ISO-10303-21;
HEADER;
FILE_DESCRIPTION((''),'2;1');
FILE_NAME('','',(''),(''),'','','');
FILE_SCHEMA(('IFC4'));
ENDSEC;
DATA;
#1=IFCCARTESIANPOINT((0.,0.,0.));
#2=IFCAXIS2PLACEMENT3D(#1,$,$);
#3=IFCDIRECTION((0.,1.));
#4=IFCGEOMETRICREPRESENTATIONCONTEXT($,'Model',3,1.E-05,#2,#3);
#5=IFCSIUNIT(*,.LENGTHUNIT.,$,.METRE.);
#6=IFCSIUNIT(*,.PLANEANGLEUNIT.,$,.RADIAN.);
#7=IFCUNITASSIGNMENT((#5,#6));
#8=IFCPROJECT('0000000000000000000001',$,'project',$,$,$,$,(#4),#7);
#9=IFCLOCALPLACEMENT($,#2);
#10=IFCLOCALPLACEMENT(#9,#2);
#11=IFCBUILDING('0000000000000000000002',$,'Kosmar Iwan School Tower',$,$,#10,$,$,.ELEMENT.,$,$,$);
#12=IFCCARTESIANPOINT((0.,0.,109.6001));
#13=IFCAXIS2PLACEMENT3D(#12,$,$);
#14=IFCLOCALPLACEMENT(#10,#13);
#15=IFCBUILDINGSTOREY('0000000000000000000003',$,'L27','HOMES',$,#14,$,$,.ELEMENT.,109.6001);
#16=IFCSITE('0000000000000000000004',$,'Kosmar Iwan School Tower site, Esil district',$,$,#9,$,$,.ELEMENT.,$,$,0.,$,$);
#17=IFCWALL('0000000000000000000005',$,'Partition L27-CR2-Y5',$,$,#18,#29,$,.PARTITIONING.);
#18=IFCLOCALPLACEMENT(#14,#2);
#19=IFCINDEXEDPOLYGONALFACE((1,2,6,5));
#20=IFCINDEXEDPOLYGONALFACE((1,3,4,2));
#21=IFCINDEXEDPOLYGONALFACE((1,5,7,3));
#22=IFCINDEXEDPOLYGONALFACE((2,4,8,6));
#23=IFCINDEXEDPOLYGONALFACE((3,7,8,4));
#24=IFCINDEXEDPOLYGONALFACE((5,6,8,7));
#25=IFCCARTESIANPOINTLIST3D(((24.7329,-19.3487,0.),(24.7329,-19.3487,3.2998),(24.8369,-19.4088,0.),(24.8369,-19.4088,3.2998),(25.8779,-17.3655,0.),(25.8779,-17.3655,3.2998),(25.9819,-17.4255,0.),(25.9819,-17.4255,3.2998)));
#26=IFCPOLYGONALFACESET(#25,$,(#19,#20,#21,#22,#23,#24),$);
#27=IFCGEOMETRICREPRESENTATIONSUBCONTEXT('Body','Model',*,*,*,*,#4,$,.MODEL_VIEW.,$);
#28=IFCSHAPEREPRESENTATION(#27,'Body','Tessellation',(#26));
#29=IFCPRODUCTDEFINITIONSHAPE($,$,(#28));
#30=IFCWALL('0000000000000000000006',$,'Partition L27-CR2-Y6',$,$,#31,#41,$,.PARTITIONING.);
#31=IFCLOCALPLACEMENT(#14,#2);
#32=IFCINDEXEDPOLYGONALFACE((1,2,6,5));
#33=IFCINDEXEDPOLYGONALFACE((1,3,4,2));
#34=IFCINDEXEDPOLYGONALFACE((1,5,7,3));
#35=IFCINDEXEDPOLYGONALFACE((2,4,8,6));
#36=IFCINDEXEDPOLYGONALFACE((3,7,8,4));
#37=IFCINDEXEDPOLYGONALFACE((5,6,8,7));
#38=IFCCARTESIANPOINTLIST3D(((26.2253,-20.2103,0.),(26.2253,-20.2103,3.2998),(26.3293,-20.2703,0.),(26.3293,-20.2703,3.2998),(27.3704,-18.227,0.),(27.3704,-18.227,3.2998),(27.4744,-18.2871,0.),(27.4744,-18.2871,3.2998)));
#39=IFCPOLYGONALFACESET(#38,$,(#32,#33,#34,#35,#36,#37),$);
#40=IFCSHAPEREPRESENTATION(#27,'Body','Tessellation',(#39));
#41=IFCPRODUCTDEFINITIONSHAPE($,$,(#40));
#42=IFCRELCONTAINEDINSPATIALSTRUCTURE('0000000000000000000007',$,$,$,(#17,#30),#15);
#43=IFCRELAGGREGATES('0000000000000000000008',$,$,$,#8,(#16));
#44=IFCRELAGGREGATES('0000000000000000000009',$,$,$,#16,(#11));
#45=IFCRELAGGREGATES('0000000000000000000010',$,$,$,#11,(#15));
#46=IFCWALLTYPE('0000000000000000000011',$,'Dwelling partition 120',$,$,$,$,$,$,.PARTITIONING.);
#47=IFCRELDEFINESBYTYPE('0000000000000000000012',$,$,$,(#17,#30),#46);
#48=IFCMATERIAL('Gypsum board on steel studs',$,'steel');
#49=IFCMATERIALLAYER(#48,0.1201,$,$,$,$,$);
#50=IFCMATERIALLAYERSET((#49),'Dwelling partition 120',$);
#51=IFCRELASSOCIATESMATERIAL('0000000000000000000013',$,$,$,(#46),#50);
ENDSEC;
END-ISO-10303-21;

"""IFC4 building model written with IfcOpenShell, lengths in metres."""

from ifc_helpers import new_model, si_unit, direction, frame, frame_2d, origin, place, context, subcontext, project, spatial, rectangle, extrude, material, layer, layer_set, type_object, element, save


model = new_model("IFC4")

# Units and contexts
model_context = context("Model", 3, precision=1e-05, world=origin(), true_north=direction((0.0, 1.0)))
body_context = subcontext(model_context, "Body", "Model", "MODEL_VIEW")
ifc_project = project(units=[si_unit("LENGTHUNIT", "METRE"), si_unit("PLANEANGLEUNIT", "RADIAN")], contexts=[model_context])

# Site, building, storey
site_placement = place(None, origin())
site = spatial("IfcSite", under=ifc_project, at=site_placement, Name="Kosmar Iwan School Tower site, Esil district", CompositionType="ELEMENT", RefElevation=0.0)
building_placement = place(site_placement, origin())
building = spatial("IfcBuilding", under=site, at=building_placement, Name="Kosmar Iwan School Tower", CompositionType="ELEMENT")
storey_placement = place(building_placement, frame((0.0, 0.0, 109.6001)))
storey = spatial("IfcBuildingStorey", under=building, at=storey_placement, Name="L27", Description="HOMES", CompositionType="ELEMENT", Elevation=109.6001)

# Shared definitions
ifc_material_1 = material(Name="Gypsum board on steel studs", Category="steel")
ifc_layer_1 = layer(ifc_material_1, 0.1201)
ifc_layer_set_1 = layer_set([ifc_layer_1], Name="Dwelling partition 120")
wall_type = type_object("IfcWallType", Name="Dwelling partition 120", PredefinedType="PARTITIONING", material=ifc_layer_set_1)

# Walls
for number, where, z_axis, x_axis, name in (
    (1, (25.9299, -17.3955, 0.0), (0.0, 0.0, 1.0), (-0.500015, -0.866017, 0.0), "Partition L27-CR2-Y5"),
    (2, (27.4224, -18.2571, 0.0), (0.0, 0.0, 1.0), (-0.500015, -0.866017, 0.0), "Partition L27-CR2-Y6"),
):
    element("IfcWall", number, at=place(storey_placement, frame(where, z_axis=z_axis, x_axis=x_axis)), inside=storey, type_object=wall_type, Name=name, PredefinedType="PARTITIONING", context=body_context, shape_type="SweptSolid", body=[
        extrude(rectangle(XDim=2.29, YDim=0.1201, at=frame_2d((1.145, 0.0))), origin(), (0.0, 0.0, 1.0), 3.2998),
    ])

save(model, "model.ifc")
